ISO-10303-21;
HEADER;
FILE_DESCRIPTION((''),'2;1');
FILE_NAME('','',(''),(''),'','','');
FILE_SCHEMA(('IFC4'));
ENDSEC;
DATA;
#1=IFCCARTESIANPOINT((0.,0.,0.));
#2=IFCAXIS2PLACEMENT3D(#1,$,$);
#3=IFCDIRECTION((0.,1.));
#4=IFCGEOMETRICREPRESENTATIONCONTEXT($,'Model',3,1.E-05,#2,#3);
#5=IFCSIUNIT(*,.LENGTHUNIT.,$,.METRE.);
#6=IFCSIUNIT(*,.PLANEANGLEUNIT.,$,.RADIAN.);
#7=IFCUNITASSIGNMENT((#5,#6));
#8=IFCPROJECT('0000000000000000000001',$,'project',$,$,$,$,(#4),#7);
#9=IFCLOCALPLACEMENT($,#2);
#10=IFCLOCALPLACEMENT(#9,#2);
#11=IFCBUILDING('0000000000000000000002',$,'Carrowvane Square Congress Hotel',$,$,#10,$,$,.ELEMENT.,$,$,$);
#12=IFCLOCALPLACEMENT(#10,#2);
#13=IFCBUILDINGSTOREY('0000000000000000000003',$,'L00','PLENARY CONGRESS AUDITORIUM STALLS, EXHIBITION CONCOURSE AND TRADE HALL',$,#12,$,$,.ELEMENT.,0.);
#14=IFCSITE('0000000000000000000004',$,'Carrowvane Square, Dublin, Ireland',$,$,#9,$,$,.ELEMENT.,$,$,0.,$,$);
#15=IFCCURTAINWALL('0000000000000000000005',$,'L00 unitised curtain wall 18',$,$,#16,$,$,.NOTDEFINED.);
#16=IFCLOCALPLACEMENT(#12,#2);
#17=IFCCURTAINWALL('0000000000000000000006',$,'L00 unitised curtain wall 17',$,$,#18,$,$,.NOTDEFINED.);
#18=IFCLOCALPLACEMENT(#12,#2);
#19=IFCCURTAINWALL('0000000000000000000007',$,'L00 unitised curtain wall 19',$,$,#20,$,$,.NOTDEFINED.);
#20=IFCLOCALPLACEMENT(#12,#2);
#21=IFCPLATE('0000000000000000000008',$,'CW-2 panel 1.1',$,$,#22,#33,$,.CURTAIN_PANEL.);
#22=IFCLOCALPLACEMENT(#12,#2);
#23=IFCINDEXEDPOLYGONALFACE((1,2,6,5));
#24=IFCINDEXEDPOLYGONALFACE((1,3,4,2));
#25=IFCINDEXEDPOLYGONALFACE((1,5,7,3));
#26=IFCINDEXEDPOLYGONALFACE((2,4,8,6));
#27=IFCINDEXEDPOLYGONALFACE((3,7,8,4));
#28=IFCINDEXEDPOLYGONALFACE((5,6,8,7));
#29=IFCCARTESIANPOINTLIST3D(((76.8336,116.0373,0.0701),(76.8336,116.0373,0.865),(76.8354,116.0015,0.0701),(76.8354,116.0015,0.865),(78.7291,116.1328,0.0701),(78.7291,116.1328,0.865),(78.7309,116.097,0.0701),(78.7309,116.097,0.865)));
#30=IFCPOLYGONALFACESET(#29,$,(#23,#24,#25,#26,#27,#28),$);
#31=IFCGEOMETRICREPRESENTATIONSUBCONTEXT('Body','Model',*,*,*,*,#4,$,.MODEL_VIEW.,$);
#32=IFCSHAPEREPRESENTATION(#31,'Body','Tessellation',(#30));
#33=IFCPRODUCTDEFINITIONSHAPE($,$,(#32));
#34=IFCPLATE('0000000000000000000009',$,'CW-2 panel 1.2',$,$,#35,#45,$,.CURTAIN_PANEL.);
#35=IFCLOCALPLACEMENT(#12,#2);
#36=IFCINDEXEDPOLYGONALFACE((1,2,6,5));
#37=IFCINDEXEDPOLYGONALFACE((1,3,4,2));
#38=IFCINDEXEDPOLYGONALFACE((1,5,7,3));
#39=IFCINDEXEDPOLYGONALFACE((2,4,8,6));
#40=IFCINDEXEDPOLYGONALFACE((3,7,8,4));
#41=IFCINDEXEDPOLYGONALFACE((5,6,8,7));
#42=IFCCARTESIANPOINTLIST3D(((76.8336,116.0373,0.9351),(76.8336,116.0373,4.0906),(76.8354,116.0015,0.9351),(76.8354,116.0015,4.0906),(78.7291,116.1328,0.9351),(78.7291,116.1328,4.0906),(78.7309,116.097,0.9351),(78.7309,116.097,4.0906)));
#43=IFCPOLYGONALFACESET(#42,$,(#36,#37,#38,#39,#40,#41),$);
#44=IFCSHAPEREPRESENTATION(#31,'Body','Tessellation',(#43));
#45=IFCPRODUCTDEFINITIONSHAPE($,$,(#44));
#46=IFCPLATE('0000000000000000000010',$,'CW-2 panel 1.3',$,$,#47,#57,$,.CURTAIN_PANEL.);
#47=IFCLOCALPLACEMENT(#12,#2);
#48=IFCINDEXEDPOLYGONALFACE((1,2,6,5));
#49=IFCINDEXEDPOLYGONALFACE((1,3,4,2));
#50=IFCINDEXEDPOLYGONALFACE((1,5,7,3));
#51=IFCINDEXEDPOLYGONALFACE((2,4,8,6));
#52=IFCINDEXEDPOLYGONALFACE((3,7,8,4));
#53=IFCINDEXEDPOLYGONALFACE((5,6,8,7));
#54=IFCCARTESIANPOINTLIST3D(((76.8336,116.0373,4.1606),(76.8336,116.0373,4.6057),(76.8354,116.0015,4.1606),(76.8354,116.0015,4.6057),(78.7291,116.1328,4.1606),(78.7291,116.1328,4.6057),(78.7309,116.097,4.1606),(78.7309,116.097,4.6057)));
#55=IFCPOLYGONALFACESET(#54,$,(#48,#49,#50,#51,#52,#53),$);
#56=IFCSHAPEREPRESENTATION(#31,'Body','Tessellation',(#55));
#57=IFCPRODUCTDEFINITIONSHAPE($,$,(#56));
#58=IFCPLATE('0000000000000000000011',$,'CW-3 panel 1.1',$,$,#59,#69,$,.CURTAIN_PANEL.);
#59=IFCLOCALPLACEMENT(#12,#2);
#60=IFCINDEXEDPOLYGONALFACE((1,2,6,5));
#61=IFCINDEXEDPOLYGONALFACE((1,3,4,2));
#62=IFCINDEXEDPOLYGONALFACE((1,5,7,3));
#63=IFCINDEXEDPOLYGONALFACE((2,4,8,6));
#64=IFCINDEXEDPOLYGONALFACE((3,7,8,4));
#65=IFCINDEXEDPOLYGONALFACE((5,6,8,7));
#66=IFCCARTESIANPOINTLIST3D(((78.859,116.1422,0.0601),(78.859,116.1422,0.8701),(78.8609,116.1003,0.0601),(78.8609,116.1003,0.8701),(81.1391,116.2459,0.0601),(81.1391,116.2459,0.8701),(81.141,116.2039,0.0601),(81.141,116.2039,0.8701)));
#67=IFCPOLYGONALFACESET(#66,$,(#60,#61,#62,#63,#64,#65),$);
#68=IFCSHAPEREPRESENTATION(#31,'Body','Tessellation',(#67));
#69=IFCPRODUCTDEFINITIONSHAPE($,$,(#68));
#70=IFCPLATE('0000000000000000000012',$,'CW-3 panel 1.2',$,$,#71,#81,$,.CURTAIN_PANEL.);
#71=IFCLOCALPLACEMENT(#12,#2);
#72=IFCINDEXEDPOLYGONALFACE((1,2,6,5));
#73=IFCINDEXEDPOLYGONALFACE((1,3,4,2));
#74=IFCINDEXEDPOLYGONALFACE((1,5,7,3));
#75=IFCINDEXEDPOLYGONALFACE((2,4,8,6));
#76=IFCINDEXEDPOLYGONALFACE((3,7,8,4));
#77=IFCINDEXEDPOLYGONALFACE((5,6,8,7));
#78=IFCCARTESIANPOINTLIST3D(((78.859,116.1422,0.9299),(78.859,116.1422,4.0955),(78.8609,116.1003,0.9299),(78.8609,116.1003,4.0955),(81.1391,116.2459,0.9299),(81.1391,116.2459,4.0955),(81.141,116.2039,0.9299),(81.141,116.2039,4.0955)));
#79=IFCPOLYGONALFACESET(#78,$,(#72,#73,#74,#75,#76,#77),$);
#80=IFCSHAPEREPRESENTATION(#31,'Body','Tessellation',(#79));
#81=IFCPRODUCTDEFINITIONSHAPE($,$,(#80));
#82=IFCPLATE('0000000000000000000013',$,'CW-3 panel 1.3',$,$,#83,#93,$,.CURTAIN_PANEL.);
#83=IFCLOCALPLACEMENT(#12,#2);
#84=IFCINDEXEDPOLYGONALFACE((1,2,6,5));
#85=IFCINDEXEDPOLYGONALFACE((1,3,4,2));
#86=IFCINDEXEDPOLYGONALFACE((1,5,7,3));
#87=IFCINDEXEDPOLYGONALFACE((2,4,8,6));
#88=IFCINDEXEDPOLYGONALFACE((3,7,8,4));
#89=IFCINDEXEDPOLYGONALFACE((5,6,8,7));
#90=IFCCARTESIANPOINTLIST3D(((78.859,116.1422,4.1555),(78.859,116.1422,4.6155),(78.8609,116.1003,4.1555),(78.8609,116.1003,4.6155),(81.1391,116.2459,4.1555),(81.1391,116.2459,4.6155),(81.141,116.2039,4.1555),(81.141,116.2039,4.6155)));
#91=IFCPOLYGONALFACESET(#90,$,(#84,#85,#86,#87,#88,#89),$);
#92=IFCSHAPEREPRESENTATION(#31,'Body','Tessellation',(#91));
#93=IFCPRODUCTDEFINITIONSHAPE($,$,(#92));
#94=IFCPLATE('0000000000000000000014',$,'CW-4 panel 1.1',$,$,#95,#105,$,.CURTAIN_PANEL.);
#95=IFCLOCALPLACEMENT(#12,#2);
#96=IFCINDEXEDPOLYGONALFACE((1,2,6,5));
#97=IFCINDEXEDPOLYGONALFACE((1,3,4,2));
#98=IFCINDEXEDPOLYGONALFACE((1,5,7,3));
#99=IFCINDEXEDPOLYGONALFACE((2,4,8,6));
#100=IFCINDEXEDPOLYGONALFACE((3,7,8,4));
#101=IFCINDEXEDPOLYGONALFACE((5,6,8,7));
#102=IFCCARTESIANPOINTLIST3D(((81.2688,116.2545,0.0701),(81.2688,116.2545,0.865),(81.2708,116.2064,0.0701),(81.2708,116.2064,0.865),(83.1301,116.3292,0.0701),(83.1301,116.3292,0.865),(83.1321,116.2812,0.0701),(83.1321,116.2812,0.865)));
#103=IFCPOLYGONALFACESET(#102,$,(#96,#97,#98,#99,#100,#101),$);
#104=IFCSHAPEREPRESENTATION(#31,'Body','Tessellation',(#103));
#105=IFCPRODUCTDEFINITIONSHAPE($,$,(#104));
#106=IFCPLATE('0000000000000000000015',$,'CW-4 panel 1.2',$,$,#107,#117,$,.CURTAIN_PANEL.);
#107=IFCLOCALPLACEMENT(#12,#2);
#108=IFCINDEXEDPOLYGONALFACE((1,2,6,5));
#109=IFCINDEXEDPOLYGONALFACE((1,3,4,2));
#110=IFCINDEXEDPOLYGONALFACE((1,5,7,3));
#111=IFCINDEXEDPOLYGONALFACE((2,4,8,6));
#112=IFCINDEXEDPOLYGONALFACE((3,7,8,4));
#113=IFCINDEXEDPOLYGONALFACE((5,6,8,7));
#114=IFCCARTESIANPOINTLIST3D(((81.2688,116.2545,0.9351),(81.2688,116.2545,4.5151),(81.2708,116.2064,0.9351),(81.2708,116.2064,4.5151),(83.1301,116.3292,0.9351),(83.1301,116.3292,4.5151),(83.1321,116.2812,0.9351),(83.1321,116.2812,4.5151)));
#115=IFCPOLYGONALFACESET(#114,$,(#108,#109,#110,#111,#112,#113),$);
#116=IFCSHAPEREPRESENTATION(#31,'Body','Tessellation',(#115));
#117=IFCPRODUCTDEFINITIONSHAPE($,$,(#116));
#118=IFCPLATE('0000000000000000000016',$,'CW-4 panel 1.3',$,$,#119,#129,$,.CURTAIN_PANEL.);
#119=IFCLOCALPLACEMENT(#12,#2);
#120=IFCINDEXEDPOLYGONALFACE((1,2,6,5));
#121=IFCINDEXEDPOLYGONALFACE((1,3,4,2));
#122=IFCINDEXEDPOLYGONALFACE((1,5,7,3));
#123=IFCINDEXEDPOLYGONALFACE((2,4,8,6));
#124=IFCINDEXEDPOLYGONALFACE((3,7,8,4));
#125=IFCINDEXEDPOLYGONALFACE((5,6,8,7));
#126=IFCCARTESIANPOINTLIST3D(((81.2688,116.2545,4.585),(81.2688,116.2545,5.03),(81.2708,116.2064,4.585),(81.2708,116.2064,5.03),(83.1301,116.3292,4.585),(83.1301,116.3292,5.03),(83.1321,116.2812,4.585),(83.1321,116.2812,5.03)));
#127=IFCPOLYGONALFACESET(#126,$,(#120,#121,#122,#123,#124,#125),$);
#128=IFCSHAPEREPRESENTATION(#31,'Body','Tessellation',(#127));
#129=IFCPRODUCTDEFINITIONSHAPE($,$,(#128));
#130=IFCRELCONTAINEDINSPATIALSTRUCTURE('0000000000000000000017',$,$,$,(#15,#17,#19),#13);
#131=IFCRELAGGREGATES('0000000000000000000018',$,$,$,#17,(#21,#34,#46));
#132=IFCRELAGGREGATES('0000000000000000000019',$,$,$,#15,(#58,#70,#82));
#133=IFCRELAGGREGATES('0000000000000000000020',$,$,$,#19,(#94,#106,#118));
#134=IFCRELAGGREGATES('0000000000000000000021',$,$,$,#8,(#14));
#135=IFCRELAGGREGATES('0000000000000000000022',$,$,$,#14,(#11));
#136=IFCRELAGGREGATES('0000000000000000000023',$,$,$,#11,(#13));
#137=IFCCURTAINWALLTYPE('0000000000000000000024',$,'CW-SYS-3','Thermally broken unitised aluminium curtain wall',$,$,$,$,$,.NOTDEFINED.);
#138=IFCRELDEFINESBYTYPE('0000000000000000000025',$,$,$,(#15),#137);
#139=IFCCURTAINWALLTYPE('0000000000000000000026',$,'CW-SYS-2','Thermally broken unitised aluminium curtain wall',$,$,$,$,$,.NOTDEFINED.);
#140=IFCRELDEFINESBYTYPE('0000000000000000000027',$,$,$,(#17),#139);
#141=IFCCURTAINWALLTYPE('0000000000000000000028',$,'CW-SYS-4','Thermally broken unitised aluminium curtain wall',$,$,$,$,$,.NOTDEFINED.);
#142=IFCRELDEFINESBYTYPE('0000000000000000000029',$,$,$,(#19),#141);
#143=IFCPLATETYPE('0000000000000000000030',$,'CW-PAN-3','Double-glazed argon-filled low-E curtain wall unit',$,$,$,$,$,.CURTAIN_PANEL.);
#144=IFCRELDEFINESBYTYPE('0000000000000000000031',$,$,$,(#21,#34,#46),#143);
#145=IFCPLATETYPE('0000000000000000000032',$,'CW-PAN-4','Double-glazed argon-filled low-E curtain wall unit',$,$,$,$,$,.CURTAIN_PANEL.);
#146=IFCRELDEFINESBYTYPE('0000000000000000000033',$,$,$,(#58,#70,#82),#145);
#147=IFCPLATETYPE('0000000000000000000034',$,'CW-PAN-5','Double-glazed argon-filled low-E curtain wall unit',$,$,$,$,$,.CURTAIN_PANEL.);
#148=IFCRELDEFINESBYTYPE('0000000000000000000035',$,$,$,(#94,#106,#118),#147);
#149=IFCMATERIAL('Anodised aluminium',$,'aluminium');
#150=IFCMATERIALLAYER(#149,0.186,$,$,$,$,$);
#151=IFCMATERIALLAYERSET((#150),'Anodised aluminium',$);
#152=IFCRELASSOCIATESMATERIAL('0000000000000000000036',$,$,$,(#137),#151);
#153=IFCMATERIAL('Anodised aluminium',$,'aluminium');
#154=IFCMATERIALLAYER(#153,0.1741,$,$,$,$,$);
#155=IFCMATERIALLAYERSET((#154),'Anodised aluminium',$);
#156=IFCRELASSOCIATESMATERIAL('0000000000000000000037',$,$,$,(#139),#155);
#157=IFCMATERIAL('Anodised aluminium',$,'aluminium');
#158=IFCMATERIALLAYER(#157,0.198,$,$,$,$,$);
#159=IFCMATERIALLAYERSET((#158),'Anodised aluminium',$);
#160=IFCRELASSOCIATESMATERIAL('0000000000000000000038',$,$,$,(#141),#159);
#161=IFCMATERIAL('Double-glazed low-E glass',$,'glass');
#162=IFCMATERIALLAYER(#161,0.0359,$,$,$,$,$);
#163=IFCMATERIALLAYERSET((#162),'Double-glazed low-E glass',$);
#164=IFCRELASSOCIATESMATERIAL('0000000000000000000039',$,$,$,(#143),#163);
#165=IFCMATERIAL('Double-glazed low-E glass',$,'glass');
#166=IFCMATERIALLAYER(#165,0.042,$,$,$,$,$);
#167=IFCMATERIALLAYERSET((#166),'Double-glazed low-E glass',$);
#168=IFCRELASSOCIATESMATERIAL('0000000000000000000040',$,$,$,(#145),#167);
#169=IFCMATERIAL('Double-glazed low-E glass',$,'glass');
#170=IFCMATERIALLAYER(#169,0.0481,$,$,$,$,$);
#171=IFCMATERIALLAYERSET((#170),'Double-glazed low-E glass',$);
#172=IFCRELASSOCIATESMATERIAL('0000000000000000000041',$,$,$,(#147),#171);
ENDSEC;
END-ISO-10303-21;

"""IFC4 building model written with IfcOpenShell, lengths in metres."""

from ifc_helpers import new_model, si_unit, direction, frame, origin, origin_2d, place, context, subcontext, project, spatial, rectangle, extrude, material, layer, layer_set, type_object, element, aggregate, save


model = new_model("IFC4")

# Units and contexts
model_context = context("Model", 3, precision=1e-05, world=origin(), true_north=direction((0.0, 1.0)))
body_context = subcontext(model_context, "Body", "Model", "MODEL_VIEW")
ifc_project = project(units=[si_unit("LENGTHUNIT", "METRE"), si_unit("PLANEANGLEUNIT", "RADIAN")], contexts=[model_context])

# Site, building, storey
site_placement = place(None, origin())
site = spatial("IfcSite", under=ifc_project, at=site_placement, Name="Carrowvane Square, Dublin, Ireland", CompositionType="ELEMENT", RefElevation=0.0)
building_placement = place(site_placement, origin())
building = spatial("IfcBuilding", under=site, at=building_placement, Name="Carrowvane Square Congress Hotel", CompositionType="ELEMENT")
storey_placement = place(building_placement, origin())
storey = spatial("IfcBuildingStorey", under=building, at=storey_placement, Name="L00", Description="PLENARY CONGRESS AUDITORIUM STALLS, EXHIBITION CONCOURSE AND TRADE HALL", CompositionType="ELEMENT", Elevation=0.0)

# Curtain wall
ifc_material_1 = material(Name="Anodised aluminium", Category="aluminium")
ifc_layer_1 = layer(ifc_material_1, 0.186)
ifc_layer_set_1 = layer_set([ifc_layer_1], Name="Anodised aluminium")
curtain_wall_type_1 = type_object("IfcCurtainWallType", Name="CW-SYS-3", Description="Thermally broken unitised aluminium curtain wall", PredefinedType="NOTDEFINED", material=ifc_layer_set_1)
curtain_wall_1_placement = place(storey_placement, origin())
curtain_wall_1 = element("IfcCurtainWall", 1, at=curtain_wall_1_placement, inside=storey, type_object=curtain_wall_type_1, Name="L00 unitised curtain wall 18", PredefinedType="NOTDEFINED")

# Curtain wall
ifc_material_2 = material(Name="Anodised aluminium", Category="aluminium")
ifc_layer_2 = layer(ifc_material_2, 0.1741)
ifc_layer_set_2 = layer_set([ifc_layer_2], Name="Anodised aluminium")
curtain_wall_type_2 = type_object("IfcCurtainWallType", Name="CW-SYS-2", Description="Thermally broken unitised aluminium curtain wall", PredefinedType="NOTDEFINED", material=ifc_layer_set_2)
curtain_wall_2_placement = place(storey_placement, origin())
curtain_wall_2 = element("IfcCurtainWall", 2, at=curtain_wall_2_placement, inside=storey, type_object=curtain_wall_type_2, Name="L00 unitised curtain wall 17", PredefinedType="NOTDEFINED")

# Curtain wall
ifc_material_3 = material(Name="Anodised aluminium", Category="aluminium")
ifc_layer_3 = layer(ifc_material_3, 0.198)
ifc_layer_set_3 = layer_set([ifc_layer_3], Name="Anodised aluminium")
curtain_wall_type_3 = type_object("IfcCurtainWallType", Name="CW-SYS-4", Description="Thermally broken unitised aluminium curtain wall", PredefinedType="NOTDEFINED", material=ifc_layer_set_3)
curtain_wall_3_placement = place(storey_placement, origin())
curtain_wall_3 = element("IfcCurtainWall", 3, at=curtain_wall_3_placement, inside=storey, type_object=curtain_wall_type_3, Name="L00 unitised curtain wall 19", PredefinedType="NOTDEFINED")

# Plates
ifc_material_4 = material(Name="Double-glazed low-E glass", Category="glass")
ifc_layer_4 = layer(ifc_material_4, 0.0359)
ifc_layer_set_4 = layer_set([ifc_layer_4], Name="Double-glazed low-E glass")
plate_type_1 = type_object("IfcPlateType", Name="CW-PAN-3", Description="Double-glazed argon-filled low-E curtain wall unit", PredefinedType="CURTAIN_PANEL", material=ifc_layer_set_4)
plate_1_placement = place(storey_placement, frame((77.7822, 116.0671, 0.0701), z_axis=(0.0, 0.0, 1.0), x_axis=(0.998733, 0.050324, 0.0)))
plate_1 = element("IfcPlate", 4, at=plate_1_placement, type_object=plate_type_1, Name="CW-2 panel 1.1", PredefinedType="CURTAIN_PANEL", context=body_context, shape_type="SweptSolid", body=[
    extrude(rectangle(XDim=1.8979, YDim=0.0359, at=origin_2d()), origin(), (0.0, 0.0, 1.0), 0.7949),
])
plate_2_placement = place(storey_placement, frame((77.7822, 116.0671, 0.9351), z_axis=(0.0, 0.0, 1.0), x_axis=(0.998733, 0.050324, 0.0)))
plate_2 = element("IfcPlate", 5, at=plate_2_placement, type_object=plate_type_1, Name="CW-2 panel 1.2", PredefinedType="CURTAIN_PANEL", context=body_context, shape_type="SweptSolid", body=[
    extrude(rectangle(XDim=1.8979, YDim=0.0359, at=origin_2d()), origin(), (0.0, 0.0, 1.0), 3.1555),
])
plate_3_placement = place(storey_placement, frame((77.7822, 116.0671, 4.1606), z_axis=(0.0, 0.0, 1.0), x_axis=(0.998733, 0.050324, 0.0)))
plate_3 = element("IfcPlate", 6, at=plate_3_placement, type_object=plate_type_1, Name="CW-2 panel 1.3", PredefinedType="CURTAIN_PANEL", context=body_context, shape_type="SweptSolid", body=[
    extrude(rectangle(XDim=1.8979, YDim=0.0359, at=origin_2d()), origin(), (0.0, 0.0, 1.0), 0.4451),
])
aggregate(curtain_wall_2, [plate_1, plate_2, plate_3])
ifc_material_5 = material(Name="Double-glazed low-E glass", Category="glass")
ifc_layer_5 = layer(ifc_material_5, 0.042)
ifc_layer_set_5 = layer_set([ifc_layer_5], Name="Double-glazed low-E glass")
plate_type_2 = type_object("IfcPlateType", Name="CW-PAN-4", Description="Double-glazed argon-filled low-E curtain wall unit", PredefinedType="CURTAIN_PANEL", material=ifc_layer_set_5)
plate_4_placement = place(storey_placement, frame((80.0, 116.1731, 0.0601), z_axis=(0.0, 0.0, 1.0), x_axis=(0.998968, 0.045411, 0.0)))
plate_4 = element("IfcPlate", 7, at=plate_4_placement, type_object=plate_type_2, Name="CW-3 panel 1.1", PredefinedType="CURTAIN_PANEL", context=body_context, shape_type="SweptSolid", body=[
    extrude(rectangle(XDim=2.2825, YDim=0.042, at=origin_2d()), origin(), (0.0, 0.0, 1.0), 0.8101),
])
plate_5_placement = place(storey_placement, frame((80.0, 116.1731, 0.9299), z_axis=(0.0, 0.0, 1.0), x_axis=(0.998968, 0.045411, 0.0)))
plate_5 = element("IfcPlate", 8, at=plate_5_placement, type_object=plate_type_2, Name="CW-3 panel 1.2", PredefinedType="CURTAIN_PANEL", context=body_context, shape_type="SweptSolid", body=[
    extrude(rectangle(XDim=2.2825, YDim=0.042, at=origin_2d()), origin(), (0.0, 0.0, 1.0), 3.1655),
])
plate_6_placement = place(storey_placement, frame((80.0, 116.1731, 4.1555), z_axis=(0.0, 0.0, 1.0), x_axis=(0.998968, 0.045411, 0.0)))
plate_6 = element("IfcPlate", 9, at=plate_6_placement, type_object=plate_type_2, Name="CW-3 panel 1.3", PredefinedType="CURTAIN_PANEL", context=body_context, shape_type="SweptSolid", body=[
    extrude(rectangle(XDim=2.2825, YDim=0.042, at=origin_2d()), origin(), (0.0, 0.0, 1.0), 0.46),
])
aggregate(curtain_wall_1, [plate_4, plate_5, plate_6])
ifc_material_6 = material(Name="Double-glazed low-E glass", Category="glass")
ifc_layer_6 = layer(ifc_material_6, 0.0481)
ifc_layer_set_6 = layer_set([ifc_layer_6], Name="Double-glazed low-E glass")
plate_type_3 = type_object("IfcPlateType", Name="CW-PAN-5", Description="Double-glazed argon-filled low-E curtain wall unit", PredefinedType="CURTAIN_PANEL", material=ifc_layer_set_6)
plate_7_placement = place(storey_placement, frame((82.2004, 116.2678, 0.0701), z_axis=(0.0, 0.0, 1.0), x_axis=(0.999194, 0.040136, 0.0)))
plate_7 = element("IfcPlate", 10, at=plate_7_placement, type_object=plate_type_3, Name="CW-4 panel 1.1", PredefinedType="CURTAIN_PANEL", context=body_context, shape_type="SweptSolid", body=[
    extrude(rectangle(XDim=1.8628, YDim=0.0481, at=origin_2d()), origin(), (0.0, 0.0, 1.0), 0.7949),
])
plate_8_placement = place(storey_placement, frame((82.2004, 116.2678, 0.9351), z_axis=(0.0, 0.0, 1.0), x_axis=(0.999194, 0.040136, 0.0)))
plate_8 = element("IfcPlate", 11, at=plate_8_placement, type_object=plate_type_3, Name="CW-4 panel 1.2", PredefinedType="CURTAIN_PANEL", context=body_context, shape_type="SweptSolid", body=[
    extrude(rectangle(XDim=1.8628, YDim=0.0481, at=origin_2d()), origin(), (0.0, 0.0, 1.0), 3.5801),
])
plate_9_placement = place(storey_placement, frame((82.2004, 116.2678, 4.585), z_axis=(0.0, 0.0, 1.0), x_axis=(0.999194, 0.040136, 0.0)))
plate_9 = element("IfcPlate", 12, at=plate_9_placement, type_object=plate_type_3, Name="CW-4 panel 1.3", PredefinedType="CURTAIN_PANEL", context=body_context, shape_type="SweptSolid", body=[
    extrude(rectangle(XDim=1.8628, YDim=0.0481, at=origin_2d()), origin(), (0.0, 0.0, 1.0), 0.4451),
])
aggregate(curtain_wall_3, [plate_7, plate_8, plate_9])

save(model, "model.ifc")
